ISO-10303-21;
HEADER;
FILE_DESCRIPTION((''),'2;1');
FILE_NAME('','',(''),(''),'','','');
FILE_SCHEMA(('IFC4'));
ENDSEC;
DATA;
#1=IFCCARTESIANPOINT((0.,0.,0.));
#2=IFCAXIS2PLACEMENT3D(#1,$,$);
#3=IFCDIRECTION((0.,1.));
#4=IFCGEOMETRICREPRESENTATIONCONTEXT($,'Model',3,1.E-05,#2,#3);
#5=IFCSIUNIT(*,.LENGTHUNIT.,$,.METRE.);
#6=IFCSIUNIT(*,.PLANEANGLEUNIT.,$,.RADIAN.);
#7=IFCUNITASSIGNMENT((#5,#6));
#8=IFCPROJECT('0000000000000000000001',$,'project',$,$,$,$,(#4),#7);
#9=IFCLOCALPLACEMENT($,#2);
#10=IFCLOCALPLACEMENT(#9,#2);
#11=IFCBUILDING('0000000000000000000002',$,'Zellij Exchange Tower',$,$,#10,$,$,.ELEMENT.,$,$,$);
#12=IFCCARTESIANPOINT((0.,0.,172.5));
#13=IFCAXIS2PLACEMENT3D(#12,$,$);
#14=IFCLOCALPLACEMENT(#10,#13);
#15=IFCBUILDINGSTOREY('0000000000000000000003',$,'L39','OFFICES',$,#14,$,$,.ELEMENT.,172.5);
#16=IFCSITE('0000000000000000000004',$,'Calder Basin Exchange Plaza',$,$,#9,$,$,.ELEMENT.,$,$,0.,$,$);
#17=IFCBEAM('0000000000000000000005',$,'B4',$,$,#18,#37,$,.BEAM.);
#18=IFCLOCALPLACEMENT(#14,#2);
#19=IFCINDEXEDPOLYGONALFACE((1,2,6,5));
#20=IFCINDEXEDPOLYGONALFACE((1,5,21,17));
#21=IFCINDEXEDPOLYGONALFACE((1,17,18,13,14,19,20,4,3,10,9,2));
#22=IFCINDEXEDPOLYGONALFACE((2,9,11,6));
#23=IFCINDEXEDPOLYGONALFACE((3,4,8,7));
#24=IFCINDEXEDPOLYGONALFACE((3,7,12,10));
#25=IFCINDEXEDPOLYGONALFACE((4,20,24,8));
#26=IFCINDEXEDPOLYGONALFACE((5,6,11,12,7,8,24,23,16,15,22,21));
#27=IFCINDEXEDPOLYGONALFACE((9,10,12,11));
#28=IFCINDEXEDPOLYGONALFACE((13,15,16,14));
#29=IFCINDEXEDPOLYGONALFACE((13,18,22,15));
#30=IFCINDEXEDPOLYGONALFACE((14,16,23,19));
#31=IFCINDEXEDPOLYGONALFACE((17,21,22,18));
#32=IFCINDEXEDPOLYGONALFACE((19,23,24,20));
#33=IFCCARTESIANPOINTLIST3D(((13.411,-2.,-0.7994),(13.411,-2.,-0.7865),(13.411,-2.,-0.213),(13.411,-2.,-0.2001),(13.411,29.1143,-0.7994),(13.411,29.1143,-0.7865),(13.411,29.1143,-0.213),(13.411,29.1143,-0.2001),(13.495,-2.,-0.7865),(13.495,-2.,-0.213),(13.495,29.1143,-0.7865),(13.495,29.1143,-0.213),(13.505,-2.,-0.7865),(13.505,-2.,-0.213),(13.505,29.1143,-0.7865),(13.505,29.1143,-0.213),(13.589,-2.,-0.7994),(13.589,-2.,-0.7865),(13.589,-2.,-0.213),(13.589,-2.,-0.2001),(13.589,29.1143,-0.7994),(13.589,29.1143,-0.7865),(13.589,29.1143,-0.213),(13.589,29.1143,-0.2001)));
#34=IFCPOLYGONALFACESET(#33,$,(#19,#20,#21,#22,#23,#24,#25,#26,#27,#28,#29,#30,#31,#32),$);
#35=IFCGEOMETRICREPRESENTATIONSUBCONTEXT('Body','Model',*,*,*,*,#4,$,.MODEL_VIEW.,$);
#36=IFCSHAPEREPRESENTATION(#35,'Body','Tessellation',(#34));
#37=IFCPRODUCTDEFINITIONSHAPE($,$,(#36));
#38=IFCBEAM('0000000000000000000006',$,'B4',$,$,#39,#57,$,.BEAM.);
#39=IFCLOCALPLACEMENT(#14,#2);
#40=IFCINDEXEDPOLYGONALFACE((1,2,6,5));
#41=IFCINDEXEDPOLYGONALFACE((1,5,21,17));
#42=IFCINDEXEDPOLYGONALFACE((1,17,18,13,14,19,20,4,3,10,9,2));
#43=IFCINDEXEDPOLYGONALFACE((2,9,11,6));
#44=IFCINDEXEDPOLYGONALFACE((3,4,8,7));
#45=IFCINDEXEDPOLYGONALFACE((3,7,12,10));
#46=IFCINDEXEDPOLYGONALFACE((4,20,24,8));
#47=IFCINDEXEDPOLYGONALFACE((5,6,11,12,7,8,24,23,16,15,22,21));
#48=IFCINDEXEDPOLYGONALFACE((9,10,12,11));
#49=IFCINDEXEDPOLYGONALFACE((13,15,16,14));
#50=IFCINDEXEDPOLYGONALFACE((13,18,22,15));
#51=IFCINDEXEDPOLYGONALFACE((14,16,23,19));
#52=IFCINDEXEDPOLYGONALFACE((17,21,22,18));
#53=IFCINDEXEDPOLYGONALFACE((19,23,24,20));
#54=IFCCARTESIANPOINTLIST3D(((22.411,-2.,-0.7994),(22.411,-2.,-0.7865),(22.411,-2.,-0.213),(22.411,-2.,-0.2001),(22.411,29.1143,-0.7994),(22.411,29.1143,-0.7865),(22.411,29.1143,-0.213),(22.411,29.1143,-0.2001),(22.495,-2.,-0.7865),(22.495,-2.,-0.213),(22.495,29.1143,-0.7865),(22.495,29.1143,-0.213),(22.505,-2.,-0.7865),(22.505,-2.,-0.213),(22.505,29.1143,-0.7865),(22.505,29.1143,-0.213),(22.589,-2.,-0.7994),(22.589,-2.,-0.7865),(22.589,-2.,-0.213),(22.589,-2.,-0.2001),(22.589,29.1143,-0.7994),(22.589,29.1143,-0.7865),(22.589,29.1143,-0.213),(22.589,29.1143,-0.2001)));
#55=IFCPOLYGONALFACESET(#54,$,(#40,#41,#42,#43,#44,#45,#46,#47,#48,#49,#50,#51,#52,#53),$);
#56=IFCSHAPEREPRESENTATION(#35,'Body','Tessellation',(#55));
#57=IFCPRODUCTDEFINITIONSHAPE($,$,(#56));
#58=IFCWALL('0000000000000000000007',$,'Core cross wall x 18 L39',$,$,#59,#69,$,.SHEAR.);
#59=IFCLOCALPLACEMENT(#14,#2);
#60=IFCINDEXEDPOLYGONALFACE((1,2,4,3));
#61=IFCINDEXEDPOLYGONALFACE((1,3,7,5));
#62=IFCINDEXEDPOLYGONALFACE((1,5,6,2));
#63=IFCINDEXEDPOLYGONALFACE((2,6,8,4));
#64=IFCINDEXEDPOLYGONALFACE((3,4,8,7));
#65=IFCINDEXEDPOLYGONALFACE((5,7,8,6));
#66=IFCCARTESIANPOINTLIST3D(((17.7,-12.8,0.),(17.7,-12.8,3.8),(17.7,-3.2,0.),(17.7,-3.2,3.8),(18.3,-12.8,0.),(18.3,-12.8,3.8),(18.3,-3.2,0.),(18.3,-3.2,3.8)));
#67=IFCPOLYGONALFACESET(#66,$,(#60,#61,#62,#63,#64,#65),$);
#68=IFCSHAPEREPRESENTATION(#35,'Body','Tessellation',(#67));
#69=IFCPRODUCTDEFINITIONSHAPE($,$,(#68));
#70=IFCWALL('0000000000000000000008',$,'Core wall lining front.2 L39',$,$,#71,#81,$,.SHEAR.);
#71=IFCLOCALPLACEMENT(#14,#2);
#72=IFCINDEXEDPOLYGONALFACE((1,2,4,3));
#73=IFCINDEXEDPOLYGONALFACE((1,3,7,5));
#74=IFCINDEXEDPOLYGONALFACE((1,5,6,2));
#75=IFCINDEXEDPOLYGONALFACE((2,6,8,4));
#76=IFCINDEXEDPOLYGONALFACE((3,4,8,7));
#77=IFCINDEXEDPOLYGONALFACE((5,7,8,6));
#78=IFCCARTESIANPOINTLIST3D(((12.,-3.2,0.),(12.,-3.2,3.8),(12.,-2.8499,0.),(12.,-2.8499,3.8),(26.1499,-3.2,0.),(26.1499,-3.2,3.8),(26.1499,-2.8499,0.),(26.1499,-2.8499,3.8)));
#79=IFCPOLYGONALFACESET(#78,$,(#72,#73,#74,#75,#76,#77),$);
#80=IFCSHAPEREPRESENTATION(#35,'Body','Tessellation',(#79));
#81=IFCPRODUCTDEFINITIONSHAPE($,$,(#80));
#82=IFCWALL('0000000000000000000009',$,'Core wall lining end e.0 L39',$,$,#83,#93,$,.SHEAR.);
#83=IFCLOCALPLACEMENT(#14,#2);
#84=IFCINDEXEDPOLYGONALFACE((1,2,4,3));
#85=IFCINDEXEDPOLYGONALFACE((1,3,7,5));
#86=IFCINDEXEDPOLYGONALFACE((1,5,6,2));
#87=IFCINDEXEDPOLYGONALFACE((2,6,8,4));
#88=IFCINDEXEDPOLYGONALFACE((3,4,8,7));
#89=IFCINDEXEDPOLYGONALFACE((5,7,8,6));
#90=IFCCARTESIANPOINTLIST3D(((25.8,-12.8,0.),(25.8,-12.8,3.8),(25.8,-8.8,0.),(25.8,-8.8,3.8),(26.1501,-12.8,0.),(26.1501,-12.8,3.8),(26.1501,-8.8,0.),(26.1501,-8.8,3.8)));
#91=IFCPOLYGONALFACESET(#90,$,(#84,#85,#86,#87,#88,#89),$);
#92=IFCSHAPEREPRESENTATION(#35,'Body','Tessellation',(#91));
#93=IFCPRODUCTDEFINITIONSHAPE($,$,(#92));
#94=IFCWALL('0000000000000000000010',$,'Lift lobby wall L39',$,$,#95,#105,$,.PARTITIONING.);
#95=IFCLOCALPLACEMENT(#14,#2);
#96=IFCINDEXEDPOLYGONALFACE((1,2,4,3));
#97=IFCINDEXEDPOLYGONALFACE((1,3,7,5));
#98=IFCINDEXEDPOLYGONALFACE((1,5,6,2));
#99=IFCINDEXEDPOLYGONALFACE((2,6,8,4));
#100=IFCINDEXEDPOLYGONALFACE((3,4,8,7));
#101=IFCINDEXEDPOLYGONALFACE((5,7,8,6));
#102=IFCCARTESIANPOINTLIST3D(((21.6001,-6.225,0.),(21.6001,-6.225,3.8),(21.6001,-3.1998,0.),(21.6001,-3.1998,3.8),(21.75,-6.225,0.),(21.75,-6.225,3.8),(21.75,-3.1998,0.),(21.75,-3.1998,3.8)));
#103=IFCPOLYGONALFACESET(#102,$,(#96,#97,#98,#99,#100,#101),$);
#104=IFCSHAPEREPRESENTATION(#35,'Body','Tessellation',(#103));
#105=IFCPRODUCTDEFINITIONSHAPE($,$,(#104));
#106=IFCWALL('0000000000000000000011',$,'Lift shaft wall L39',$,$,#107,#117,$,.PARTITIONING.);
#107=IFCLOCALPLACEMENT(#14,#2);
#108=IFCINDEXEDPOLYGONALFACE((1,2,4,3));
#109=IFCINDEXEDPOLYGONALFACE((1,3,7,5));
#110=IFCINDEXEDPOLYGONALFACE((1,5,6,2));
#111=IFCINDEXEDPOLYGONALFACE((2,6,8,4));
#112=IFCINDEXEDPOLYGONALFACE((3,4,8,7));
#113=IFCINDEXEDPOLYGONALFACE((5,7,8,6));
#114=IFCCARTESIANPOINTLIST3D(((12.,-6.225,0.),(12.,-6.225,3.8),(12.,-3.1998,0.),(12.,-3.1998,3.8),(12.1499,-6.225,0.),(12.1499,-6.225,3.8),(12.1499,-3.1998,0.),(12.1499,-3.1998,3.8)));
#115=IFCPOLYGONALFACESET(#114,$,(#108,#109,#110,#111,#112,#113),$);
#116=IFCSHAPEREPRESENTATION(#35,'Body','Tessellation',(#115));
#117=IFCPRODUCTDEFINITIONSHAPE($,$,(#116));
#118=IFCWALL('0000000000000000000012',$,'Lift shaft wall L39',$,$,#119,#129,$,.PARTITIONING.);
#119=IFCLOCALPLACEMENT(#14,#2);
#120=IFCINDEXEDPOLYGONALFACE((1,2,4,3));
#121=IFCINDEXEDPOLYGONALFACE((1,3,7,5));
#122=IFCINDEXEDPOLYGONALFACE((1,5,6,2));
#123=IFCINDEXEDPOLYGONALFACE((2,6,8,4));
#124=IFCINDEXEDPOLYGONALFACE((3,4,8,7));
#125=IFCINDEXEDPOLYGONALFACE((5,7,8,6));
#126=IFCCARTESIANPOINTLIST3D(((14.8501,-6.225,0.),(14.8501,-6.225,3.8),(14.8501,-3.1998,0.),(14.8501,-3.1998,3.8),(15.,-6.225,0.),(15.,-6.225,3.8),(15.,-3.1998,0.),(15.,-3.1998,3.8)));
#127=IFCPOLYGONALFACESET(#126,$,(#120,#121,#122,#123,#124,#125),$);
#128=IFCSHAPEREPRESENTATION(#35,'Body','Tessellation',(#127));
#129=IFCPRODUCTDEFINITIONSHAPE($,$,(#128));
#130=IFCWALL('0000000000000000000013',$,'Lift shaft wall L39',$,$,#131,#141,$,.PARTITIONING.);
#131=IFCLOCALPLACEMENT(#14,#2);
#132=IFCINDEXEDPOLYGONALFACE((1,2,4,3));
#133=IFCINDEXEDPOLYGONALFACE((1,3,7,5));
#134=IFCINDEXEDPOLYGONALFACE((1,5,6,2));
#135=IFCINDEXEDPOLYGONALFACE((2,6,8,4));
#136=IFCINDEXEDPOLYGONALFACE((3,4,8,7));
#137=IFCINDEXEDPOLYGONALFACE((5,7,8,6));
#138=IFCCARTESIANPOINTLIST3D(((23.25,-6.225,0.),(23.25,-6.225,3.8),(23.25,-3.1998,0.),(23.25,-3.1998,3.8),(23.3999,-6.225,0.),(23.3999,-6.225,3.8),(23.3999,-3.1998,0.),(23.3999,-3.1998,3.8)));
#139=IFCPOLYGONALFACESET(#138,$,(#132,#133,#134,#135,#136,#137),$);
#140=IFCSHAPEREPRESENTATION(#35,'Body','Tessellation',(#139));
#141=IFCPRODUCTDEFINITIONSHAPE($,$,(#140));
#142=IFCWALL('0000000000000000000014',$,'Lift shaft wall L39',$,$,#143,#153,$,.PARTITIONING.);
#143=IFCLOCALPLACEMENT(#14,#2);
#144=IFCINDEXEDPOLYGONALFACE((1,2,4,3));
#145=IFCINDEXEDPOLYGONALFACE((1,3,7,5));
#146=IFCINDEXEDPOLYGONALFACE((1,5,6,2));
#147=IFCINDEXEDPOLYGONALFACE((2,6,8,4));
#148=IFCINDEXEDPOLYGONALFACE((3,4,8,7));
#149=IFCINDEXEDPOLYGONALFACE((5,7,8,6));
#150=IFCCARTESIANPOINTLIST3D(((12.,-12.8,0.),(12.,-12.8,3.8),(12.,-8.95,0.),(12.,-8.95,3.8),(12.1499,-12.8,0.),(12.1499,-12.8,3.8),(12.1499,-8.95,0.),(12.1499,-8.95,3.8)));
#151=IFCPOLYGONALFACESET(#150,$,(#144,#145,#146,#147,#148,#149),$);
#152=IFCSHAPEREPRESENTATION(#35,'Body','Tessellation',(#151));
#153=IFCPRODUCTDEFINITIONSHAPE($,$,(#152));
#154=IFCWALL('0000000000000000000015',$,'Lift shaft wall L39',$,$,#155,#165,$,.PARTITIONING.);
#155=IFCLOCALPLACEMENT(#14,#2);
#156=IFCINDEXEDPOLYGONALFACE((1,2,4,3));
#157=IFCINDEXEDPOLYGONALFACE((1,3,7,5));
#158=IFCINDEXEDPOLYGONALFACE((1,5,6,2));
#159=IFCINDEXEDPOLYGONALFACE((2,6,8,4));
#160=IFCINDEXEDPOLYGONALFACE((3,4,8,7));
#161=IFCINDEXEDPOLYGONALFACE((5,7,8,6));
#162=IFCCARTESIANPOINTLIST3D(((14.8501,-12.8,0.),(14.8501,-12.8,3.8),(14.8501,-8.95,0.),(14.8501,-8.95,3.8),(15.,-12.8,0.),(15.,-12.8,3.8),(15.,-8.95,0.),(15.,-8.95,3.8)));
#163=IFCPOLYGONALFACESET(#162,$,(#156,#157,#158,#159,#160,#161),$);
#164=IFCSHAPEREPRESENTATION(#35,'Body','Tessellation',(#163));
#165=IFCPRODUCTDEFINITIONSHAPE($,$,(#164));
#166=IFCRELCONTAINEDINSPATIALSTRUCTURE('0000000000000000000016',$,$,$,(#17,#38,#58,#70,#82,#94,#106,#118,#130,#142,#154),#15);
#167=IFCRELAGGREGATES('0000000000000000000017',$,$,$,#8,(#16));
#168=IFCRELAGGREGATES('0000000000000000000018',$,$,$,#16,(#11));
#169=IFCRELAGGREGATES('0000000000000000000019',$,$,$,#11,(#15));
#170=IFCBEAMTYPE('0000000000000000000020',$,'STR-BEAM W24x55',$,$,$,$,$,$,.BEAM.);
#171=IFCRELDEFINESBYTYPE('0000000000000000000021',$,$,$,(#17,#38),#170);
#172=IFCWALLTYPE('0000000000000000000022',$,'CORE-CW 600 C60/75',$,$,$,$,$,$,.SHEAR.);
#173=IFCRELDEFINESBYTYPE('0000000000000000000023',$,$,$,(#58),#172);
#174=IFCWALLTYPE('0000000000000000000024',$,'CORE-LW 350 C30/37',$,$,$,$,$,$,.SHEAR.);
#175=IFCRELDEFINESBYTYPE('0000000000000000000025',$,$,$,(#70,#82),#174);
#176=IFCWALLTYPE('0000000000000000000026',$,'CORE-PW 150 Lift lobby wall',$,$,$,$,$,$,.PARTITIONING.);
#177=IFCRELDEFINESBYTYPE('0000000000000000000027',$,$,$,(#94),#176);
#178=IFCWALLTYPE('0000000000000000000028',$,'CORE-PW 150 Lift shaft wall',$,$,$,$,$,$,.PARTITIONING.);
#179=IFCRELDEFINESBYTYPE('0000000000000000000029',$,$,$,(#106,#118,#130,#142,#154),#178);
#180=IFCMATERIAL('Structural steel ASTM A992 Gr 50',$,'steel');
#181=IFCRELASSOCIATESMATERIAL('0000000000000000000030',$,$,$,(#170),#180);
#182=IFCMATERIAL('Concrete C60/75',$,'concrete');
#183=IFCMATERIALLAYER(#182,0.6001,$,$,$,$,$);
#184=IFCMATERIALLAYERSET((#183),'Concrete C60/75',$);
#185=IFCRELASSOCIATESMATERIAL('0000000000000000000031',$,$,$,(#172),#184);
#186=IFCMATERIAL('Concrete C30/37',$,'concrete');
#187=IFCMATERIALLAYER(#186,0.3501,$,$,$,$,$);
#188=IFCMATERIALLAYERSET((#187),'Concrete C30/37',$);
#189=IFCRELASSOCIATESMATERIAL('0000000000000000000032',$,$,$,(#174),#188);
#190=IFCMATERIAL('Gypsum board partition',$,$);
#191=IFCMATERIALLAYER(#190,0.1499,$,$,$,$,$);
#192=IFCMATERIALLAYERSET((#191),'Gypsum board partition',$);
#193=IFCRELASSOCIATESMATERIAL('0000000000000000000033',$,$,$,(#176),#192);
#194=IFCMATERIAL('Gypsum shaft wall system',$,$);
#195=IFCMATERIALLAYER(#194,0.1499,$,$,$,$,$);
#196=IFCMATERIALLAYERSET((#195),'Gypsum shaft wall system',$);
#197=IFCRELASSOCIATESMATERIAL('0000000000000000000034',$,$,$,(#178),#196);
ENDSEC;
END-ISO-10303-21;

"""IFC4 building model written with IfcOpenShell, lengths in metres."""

from ifc_helpers import new_model, si_unit, direction, frame, frame_2d, origin, origin_2d, place, context, subcontext, project, spatial, rectangle, i_section, extrude, material, layer, layer_set, material_profile, profile_set, type_object, element, save


model = new_model("IFC4")

# Units and contexts
model_context = context("Model", 3, precision=1e-05, world=origin(), true_north=direction((0.0, 1.0)))
body_context = subcontext(model_context, "Body", "Model", "MODEL_VIEW")
ifc_project = project(units=[si_unit("LENGTHUNIT", "METRE"), si_unit("PLANEANGLEUNIT", "RADIAN")], contexts=[model_context])

# Site, building, storey
site_placement = place(None, origin())
site = spatial("IfcSite", under=ifc_project, at=site_placement, Name="Calder Basin Exchange Plaza", CompositionType="ELEMENT", RefElevation=0.0)
building_placement = place(site_placement, origin())
building = spatial("IfcBuilding", under=site, at=building_placement, Name="Zellij Exchange Tower", CompositionType="ELEMENT")
storey_placement = place(building_placement, frame((0.0, 0.0, 172.5)))
storey = spatial("IfcBuildingStorey", under=building, at=storey_placement, Name="L39", Description="OFFICES", CompositionType="ELEMENT", Elevation=172.5)

# Beams
ifc_material_1 = material(Name="Structural steel ASTM A992 Gr 50", Category="steel")
ifc_material_profile = material_profile(ifc_material_1, i_section(OverallWidth=0.178, OverallDepth=0.5994, WebThickness=0.01, FlangeThickness=0.0129, at=origin_2d()), Name="W24x55")
ifc_profile_set = profile_set([ifc_material_profile], Name="Structural steel ASTM A992 Gr 50")
beam_type = type_object("IfcBeamType", Name="STR-BEAM W24x55", PredefinedType="BEAM", material=ifc_profile_set)
for number, where, z_axis, x_axis, name in (
    (1, (13.5, -2.0, -0.4998), (0.0, 1.0, 0.0), (-1.0, 0.0, 0.0), "B4"),
    (2, (22.5, -2.0, -0.4998), (0.0, 1.0, 0.0), (-1.0, 0.0, 0.0), "B4"),
):
    element("IfcBeam", number, at=place(storey_placement, frame(where, z_axis=z_axis, x_axis=x_axis)), inside=storey, type_object=beam_type, Name=name, PredefinedType="BEAM", context=body_context, shape_type="SweptSolid", body=[
        extrude(i_section(OverallWidth=0.178, OverallDepth=0.5994, WebThickness=0.01, FlangeThickness=0.0129, at=origin_2d()), origin(), (0.0, 0.0, 1.0), 31.1143),
    ])

# Walls
ifc_material_2 = material(Name="Concrete C60/75", Category="concrete")
ifc_layer_1 = layer(ifc_material_2, 0.6001)
ifc_layer_set_1 = layer_set([ifc_layer_1], Name="Concrete C60/75")
wall_type_1 = type_object("IfcWallType", Name="CORE-CW 600 C60/75", PredefinedType="SHEAR", material=ifc_layer_set_1)
wall_1_placement = place(storey_placement, frame((18.0, -12.8, 0.0), z_axis=(0.0, 0.0, 1.0), x_axis=(0.0, 1.0, 0.0)))
element("IfcWall", 3, at=wall_1_placement, inside=storey, type_object=wall_type_1, Name="Core cross wall x 18 L39", PredefinedType="SHEAR", context=body_context, shape_type="SweptSolid", body=[
    extrude(rectangle(XDim=9.6001, YDim=0.6001, at=frame_2d((4.8, 0.0))), origin(), (0.0, 0.0, 1.0), 3.8),
])
ifc_material_3 = material(Name="Concrete C30/37", Category="concrete")
ifc_layer_2 = layer(ifc_material_3, 0.3501)
ifc_layer_set_2 = layer_set([ifc_layer_2], Name="Concrete C30/37")
wall_type_2 = type_object("IfcWallType", Name="CORE-LW 350 C30/37", PredefinedType="SHEAR", material=ifc_layer_set_2)
wall_2_placement = place(storey_placement, frame((12.0, -3.0249, 0.0), z_axis=(0.0, 0.0, 1.0), x_axis=(1.0, 0.0, 0.0)))
element("IfcWall", 4, at=wall_2_placement, inside=storey, type_object=wall_type_2, Name="Core wall lining front.2 L39", PredefinedType="SHEAR", context=body_context, shape_type="SweptSolid", body=[
    extrude(rectangle(XDim=14.1499, YDim=0.3501, at=frame_2d((7.075, 0.0))), origin(), (0.0, 0.0, 1.0), 3.8),
])
wall_3_placement = place(storey_placement, frame((25.9751, -12.8, 0.0), z_axis=(0.0, 0.0, 1.0), x_axis=(0.0, 1.0, 0.0)))
element("IfcWall", 5, at=wall_3_placement, inside=storey, type_object=wall_type_2, Name="Core wall lining end e.0 L39", PredefinedType="SHEAR", context=body_context, shape_type="SweptSolid", body=[
    extrude(rectangle(XDim=4.0, YDim=0.3501, at=frame_2d((2.0, 0.0))), origin(), (0.0, 0.0, 1.0), 3.8),
])
ifc_material_4 = material(Name="Gypsum board partition")
ifc_layer_3 = layer(ifc_material_4, 0.1499)
ifc_layer_set_3 = layer_set([ifc_layer_3], Name="Gypsum board partition")
wall_type_3 = type_object("IfcWallType", Name="CORE-PW 150 Lift lobby wall", PredefinedType="PARTITIONING", material=ifc_layer_set_3)
wall_4_placement = place(storey_placement, frame((21.675, -6.2251, 0.0), z_axis=(0.0, 0.0, 1.0), x_axis=(0.0, 1.0, 0.0)))
element("IfcWall", 6, at=wall_4_placement, inside=storey, type_object=wall_type_3, Name="Lift lobby wall L39", PredefinedType="PARTITIONING", context=body_context, shape_type="SweptSolid", body=[
    extrude(rectangle(XDim=3.0251, YDim=0.1499, at=frame_2d((1.5127, 0.0))), origin(), (0.0, 0.0, 1.0), 3.8),
])
ifc_material_5 = material(Name="Gypsum shaft wall system")
ifc_layer_4 = layer(ifc_material_5, 0.1499)
ifc_layer_set_4 = layer_set([ifc_layer_4], Name="Gypsum shaft wall system")
wall_type_4 = type_object("IfcWallType", Name="CORE-PW 150 Lift shaft wall", PredefinedType="PARTITIONING", material=ifc_layer_set_4)
for number, where, z_axis, x_axis, name in (
    (7, (12.075, -6.2251, 0.0), (0.0, 0.0, 1.0), (0.0, 1.0, 0.0), "Lift shaft wall L39"),
    (8, (14.925, -6.2251, 0.0), (0.0, 0.0, 1.0), (0.0, 1.0, 0.0), "Lift shaft wall L39"),
    (9, (23.325, -6.2251, 0.0), (0.0, 0.0, 1.0), (0.0, 1.0, 0.0), "Lift shaft wall L39"),
):
    element("IfcWall", number, at=place(storey_placement, frame(where, z_axis=z_axis, x_axis=x_axis)), inside=storey, type_object=wall_type_4, Name=name, PredefinedType="PARTITIONING", context=body_context, shape_type="SweptSolid", body=[
        extrude(rectangle(XDim=3.0251, YDim=0.1499, at=frame_2d((1.5127, 0.0))), origin(), (0.0, 0.0, 1.0), 3.8),
    ])
for number, where, z_axis, x_axis, name in (
    (10, (12.075, -12.8, 0.0), (0.0, 0.0, 1.0), (0.0, 1.0, 0.0), "Lift shaft wall L39"),
    (11, (14.925, -12.8, 0.0), (0.0, 0.0, 1.0), (0.0, 1.0, 0.0), "Lift shaft wall L39"),
):
    element("IfcWall", number, at=place(storey_placement, frame(where, z_axis=z_axis, x_axis=x_axis)), inside=storey, type_object=wall_type_4, Name=name, PredefinedType="PARTITIONING", context=body_context, shape_type="SweptSolid", body=[
        extrude(rectangle(XDim=3.8501, YDim=0.1499, at=frame_2d((1.925, 0.0))), origin(), (0.0, 0.0, 1.0), 3.8),
    ])

save(model, "model.ifc")
